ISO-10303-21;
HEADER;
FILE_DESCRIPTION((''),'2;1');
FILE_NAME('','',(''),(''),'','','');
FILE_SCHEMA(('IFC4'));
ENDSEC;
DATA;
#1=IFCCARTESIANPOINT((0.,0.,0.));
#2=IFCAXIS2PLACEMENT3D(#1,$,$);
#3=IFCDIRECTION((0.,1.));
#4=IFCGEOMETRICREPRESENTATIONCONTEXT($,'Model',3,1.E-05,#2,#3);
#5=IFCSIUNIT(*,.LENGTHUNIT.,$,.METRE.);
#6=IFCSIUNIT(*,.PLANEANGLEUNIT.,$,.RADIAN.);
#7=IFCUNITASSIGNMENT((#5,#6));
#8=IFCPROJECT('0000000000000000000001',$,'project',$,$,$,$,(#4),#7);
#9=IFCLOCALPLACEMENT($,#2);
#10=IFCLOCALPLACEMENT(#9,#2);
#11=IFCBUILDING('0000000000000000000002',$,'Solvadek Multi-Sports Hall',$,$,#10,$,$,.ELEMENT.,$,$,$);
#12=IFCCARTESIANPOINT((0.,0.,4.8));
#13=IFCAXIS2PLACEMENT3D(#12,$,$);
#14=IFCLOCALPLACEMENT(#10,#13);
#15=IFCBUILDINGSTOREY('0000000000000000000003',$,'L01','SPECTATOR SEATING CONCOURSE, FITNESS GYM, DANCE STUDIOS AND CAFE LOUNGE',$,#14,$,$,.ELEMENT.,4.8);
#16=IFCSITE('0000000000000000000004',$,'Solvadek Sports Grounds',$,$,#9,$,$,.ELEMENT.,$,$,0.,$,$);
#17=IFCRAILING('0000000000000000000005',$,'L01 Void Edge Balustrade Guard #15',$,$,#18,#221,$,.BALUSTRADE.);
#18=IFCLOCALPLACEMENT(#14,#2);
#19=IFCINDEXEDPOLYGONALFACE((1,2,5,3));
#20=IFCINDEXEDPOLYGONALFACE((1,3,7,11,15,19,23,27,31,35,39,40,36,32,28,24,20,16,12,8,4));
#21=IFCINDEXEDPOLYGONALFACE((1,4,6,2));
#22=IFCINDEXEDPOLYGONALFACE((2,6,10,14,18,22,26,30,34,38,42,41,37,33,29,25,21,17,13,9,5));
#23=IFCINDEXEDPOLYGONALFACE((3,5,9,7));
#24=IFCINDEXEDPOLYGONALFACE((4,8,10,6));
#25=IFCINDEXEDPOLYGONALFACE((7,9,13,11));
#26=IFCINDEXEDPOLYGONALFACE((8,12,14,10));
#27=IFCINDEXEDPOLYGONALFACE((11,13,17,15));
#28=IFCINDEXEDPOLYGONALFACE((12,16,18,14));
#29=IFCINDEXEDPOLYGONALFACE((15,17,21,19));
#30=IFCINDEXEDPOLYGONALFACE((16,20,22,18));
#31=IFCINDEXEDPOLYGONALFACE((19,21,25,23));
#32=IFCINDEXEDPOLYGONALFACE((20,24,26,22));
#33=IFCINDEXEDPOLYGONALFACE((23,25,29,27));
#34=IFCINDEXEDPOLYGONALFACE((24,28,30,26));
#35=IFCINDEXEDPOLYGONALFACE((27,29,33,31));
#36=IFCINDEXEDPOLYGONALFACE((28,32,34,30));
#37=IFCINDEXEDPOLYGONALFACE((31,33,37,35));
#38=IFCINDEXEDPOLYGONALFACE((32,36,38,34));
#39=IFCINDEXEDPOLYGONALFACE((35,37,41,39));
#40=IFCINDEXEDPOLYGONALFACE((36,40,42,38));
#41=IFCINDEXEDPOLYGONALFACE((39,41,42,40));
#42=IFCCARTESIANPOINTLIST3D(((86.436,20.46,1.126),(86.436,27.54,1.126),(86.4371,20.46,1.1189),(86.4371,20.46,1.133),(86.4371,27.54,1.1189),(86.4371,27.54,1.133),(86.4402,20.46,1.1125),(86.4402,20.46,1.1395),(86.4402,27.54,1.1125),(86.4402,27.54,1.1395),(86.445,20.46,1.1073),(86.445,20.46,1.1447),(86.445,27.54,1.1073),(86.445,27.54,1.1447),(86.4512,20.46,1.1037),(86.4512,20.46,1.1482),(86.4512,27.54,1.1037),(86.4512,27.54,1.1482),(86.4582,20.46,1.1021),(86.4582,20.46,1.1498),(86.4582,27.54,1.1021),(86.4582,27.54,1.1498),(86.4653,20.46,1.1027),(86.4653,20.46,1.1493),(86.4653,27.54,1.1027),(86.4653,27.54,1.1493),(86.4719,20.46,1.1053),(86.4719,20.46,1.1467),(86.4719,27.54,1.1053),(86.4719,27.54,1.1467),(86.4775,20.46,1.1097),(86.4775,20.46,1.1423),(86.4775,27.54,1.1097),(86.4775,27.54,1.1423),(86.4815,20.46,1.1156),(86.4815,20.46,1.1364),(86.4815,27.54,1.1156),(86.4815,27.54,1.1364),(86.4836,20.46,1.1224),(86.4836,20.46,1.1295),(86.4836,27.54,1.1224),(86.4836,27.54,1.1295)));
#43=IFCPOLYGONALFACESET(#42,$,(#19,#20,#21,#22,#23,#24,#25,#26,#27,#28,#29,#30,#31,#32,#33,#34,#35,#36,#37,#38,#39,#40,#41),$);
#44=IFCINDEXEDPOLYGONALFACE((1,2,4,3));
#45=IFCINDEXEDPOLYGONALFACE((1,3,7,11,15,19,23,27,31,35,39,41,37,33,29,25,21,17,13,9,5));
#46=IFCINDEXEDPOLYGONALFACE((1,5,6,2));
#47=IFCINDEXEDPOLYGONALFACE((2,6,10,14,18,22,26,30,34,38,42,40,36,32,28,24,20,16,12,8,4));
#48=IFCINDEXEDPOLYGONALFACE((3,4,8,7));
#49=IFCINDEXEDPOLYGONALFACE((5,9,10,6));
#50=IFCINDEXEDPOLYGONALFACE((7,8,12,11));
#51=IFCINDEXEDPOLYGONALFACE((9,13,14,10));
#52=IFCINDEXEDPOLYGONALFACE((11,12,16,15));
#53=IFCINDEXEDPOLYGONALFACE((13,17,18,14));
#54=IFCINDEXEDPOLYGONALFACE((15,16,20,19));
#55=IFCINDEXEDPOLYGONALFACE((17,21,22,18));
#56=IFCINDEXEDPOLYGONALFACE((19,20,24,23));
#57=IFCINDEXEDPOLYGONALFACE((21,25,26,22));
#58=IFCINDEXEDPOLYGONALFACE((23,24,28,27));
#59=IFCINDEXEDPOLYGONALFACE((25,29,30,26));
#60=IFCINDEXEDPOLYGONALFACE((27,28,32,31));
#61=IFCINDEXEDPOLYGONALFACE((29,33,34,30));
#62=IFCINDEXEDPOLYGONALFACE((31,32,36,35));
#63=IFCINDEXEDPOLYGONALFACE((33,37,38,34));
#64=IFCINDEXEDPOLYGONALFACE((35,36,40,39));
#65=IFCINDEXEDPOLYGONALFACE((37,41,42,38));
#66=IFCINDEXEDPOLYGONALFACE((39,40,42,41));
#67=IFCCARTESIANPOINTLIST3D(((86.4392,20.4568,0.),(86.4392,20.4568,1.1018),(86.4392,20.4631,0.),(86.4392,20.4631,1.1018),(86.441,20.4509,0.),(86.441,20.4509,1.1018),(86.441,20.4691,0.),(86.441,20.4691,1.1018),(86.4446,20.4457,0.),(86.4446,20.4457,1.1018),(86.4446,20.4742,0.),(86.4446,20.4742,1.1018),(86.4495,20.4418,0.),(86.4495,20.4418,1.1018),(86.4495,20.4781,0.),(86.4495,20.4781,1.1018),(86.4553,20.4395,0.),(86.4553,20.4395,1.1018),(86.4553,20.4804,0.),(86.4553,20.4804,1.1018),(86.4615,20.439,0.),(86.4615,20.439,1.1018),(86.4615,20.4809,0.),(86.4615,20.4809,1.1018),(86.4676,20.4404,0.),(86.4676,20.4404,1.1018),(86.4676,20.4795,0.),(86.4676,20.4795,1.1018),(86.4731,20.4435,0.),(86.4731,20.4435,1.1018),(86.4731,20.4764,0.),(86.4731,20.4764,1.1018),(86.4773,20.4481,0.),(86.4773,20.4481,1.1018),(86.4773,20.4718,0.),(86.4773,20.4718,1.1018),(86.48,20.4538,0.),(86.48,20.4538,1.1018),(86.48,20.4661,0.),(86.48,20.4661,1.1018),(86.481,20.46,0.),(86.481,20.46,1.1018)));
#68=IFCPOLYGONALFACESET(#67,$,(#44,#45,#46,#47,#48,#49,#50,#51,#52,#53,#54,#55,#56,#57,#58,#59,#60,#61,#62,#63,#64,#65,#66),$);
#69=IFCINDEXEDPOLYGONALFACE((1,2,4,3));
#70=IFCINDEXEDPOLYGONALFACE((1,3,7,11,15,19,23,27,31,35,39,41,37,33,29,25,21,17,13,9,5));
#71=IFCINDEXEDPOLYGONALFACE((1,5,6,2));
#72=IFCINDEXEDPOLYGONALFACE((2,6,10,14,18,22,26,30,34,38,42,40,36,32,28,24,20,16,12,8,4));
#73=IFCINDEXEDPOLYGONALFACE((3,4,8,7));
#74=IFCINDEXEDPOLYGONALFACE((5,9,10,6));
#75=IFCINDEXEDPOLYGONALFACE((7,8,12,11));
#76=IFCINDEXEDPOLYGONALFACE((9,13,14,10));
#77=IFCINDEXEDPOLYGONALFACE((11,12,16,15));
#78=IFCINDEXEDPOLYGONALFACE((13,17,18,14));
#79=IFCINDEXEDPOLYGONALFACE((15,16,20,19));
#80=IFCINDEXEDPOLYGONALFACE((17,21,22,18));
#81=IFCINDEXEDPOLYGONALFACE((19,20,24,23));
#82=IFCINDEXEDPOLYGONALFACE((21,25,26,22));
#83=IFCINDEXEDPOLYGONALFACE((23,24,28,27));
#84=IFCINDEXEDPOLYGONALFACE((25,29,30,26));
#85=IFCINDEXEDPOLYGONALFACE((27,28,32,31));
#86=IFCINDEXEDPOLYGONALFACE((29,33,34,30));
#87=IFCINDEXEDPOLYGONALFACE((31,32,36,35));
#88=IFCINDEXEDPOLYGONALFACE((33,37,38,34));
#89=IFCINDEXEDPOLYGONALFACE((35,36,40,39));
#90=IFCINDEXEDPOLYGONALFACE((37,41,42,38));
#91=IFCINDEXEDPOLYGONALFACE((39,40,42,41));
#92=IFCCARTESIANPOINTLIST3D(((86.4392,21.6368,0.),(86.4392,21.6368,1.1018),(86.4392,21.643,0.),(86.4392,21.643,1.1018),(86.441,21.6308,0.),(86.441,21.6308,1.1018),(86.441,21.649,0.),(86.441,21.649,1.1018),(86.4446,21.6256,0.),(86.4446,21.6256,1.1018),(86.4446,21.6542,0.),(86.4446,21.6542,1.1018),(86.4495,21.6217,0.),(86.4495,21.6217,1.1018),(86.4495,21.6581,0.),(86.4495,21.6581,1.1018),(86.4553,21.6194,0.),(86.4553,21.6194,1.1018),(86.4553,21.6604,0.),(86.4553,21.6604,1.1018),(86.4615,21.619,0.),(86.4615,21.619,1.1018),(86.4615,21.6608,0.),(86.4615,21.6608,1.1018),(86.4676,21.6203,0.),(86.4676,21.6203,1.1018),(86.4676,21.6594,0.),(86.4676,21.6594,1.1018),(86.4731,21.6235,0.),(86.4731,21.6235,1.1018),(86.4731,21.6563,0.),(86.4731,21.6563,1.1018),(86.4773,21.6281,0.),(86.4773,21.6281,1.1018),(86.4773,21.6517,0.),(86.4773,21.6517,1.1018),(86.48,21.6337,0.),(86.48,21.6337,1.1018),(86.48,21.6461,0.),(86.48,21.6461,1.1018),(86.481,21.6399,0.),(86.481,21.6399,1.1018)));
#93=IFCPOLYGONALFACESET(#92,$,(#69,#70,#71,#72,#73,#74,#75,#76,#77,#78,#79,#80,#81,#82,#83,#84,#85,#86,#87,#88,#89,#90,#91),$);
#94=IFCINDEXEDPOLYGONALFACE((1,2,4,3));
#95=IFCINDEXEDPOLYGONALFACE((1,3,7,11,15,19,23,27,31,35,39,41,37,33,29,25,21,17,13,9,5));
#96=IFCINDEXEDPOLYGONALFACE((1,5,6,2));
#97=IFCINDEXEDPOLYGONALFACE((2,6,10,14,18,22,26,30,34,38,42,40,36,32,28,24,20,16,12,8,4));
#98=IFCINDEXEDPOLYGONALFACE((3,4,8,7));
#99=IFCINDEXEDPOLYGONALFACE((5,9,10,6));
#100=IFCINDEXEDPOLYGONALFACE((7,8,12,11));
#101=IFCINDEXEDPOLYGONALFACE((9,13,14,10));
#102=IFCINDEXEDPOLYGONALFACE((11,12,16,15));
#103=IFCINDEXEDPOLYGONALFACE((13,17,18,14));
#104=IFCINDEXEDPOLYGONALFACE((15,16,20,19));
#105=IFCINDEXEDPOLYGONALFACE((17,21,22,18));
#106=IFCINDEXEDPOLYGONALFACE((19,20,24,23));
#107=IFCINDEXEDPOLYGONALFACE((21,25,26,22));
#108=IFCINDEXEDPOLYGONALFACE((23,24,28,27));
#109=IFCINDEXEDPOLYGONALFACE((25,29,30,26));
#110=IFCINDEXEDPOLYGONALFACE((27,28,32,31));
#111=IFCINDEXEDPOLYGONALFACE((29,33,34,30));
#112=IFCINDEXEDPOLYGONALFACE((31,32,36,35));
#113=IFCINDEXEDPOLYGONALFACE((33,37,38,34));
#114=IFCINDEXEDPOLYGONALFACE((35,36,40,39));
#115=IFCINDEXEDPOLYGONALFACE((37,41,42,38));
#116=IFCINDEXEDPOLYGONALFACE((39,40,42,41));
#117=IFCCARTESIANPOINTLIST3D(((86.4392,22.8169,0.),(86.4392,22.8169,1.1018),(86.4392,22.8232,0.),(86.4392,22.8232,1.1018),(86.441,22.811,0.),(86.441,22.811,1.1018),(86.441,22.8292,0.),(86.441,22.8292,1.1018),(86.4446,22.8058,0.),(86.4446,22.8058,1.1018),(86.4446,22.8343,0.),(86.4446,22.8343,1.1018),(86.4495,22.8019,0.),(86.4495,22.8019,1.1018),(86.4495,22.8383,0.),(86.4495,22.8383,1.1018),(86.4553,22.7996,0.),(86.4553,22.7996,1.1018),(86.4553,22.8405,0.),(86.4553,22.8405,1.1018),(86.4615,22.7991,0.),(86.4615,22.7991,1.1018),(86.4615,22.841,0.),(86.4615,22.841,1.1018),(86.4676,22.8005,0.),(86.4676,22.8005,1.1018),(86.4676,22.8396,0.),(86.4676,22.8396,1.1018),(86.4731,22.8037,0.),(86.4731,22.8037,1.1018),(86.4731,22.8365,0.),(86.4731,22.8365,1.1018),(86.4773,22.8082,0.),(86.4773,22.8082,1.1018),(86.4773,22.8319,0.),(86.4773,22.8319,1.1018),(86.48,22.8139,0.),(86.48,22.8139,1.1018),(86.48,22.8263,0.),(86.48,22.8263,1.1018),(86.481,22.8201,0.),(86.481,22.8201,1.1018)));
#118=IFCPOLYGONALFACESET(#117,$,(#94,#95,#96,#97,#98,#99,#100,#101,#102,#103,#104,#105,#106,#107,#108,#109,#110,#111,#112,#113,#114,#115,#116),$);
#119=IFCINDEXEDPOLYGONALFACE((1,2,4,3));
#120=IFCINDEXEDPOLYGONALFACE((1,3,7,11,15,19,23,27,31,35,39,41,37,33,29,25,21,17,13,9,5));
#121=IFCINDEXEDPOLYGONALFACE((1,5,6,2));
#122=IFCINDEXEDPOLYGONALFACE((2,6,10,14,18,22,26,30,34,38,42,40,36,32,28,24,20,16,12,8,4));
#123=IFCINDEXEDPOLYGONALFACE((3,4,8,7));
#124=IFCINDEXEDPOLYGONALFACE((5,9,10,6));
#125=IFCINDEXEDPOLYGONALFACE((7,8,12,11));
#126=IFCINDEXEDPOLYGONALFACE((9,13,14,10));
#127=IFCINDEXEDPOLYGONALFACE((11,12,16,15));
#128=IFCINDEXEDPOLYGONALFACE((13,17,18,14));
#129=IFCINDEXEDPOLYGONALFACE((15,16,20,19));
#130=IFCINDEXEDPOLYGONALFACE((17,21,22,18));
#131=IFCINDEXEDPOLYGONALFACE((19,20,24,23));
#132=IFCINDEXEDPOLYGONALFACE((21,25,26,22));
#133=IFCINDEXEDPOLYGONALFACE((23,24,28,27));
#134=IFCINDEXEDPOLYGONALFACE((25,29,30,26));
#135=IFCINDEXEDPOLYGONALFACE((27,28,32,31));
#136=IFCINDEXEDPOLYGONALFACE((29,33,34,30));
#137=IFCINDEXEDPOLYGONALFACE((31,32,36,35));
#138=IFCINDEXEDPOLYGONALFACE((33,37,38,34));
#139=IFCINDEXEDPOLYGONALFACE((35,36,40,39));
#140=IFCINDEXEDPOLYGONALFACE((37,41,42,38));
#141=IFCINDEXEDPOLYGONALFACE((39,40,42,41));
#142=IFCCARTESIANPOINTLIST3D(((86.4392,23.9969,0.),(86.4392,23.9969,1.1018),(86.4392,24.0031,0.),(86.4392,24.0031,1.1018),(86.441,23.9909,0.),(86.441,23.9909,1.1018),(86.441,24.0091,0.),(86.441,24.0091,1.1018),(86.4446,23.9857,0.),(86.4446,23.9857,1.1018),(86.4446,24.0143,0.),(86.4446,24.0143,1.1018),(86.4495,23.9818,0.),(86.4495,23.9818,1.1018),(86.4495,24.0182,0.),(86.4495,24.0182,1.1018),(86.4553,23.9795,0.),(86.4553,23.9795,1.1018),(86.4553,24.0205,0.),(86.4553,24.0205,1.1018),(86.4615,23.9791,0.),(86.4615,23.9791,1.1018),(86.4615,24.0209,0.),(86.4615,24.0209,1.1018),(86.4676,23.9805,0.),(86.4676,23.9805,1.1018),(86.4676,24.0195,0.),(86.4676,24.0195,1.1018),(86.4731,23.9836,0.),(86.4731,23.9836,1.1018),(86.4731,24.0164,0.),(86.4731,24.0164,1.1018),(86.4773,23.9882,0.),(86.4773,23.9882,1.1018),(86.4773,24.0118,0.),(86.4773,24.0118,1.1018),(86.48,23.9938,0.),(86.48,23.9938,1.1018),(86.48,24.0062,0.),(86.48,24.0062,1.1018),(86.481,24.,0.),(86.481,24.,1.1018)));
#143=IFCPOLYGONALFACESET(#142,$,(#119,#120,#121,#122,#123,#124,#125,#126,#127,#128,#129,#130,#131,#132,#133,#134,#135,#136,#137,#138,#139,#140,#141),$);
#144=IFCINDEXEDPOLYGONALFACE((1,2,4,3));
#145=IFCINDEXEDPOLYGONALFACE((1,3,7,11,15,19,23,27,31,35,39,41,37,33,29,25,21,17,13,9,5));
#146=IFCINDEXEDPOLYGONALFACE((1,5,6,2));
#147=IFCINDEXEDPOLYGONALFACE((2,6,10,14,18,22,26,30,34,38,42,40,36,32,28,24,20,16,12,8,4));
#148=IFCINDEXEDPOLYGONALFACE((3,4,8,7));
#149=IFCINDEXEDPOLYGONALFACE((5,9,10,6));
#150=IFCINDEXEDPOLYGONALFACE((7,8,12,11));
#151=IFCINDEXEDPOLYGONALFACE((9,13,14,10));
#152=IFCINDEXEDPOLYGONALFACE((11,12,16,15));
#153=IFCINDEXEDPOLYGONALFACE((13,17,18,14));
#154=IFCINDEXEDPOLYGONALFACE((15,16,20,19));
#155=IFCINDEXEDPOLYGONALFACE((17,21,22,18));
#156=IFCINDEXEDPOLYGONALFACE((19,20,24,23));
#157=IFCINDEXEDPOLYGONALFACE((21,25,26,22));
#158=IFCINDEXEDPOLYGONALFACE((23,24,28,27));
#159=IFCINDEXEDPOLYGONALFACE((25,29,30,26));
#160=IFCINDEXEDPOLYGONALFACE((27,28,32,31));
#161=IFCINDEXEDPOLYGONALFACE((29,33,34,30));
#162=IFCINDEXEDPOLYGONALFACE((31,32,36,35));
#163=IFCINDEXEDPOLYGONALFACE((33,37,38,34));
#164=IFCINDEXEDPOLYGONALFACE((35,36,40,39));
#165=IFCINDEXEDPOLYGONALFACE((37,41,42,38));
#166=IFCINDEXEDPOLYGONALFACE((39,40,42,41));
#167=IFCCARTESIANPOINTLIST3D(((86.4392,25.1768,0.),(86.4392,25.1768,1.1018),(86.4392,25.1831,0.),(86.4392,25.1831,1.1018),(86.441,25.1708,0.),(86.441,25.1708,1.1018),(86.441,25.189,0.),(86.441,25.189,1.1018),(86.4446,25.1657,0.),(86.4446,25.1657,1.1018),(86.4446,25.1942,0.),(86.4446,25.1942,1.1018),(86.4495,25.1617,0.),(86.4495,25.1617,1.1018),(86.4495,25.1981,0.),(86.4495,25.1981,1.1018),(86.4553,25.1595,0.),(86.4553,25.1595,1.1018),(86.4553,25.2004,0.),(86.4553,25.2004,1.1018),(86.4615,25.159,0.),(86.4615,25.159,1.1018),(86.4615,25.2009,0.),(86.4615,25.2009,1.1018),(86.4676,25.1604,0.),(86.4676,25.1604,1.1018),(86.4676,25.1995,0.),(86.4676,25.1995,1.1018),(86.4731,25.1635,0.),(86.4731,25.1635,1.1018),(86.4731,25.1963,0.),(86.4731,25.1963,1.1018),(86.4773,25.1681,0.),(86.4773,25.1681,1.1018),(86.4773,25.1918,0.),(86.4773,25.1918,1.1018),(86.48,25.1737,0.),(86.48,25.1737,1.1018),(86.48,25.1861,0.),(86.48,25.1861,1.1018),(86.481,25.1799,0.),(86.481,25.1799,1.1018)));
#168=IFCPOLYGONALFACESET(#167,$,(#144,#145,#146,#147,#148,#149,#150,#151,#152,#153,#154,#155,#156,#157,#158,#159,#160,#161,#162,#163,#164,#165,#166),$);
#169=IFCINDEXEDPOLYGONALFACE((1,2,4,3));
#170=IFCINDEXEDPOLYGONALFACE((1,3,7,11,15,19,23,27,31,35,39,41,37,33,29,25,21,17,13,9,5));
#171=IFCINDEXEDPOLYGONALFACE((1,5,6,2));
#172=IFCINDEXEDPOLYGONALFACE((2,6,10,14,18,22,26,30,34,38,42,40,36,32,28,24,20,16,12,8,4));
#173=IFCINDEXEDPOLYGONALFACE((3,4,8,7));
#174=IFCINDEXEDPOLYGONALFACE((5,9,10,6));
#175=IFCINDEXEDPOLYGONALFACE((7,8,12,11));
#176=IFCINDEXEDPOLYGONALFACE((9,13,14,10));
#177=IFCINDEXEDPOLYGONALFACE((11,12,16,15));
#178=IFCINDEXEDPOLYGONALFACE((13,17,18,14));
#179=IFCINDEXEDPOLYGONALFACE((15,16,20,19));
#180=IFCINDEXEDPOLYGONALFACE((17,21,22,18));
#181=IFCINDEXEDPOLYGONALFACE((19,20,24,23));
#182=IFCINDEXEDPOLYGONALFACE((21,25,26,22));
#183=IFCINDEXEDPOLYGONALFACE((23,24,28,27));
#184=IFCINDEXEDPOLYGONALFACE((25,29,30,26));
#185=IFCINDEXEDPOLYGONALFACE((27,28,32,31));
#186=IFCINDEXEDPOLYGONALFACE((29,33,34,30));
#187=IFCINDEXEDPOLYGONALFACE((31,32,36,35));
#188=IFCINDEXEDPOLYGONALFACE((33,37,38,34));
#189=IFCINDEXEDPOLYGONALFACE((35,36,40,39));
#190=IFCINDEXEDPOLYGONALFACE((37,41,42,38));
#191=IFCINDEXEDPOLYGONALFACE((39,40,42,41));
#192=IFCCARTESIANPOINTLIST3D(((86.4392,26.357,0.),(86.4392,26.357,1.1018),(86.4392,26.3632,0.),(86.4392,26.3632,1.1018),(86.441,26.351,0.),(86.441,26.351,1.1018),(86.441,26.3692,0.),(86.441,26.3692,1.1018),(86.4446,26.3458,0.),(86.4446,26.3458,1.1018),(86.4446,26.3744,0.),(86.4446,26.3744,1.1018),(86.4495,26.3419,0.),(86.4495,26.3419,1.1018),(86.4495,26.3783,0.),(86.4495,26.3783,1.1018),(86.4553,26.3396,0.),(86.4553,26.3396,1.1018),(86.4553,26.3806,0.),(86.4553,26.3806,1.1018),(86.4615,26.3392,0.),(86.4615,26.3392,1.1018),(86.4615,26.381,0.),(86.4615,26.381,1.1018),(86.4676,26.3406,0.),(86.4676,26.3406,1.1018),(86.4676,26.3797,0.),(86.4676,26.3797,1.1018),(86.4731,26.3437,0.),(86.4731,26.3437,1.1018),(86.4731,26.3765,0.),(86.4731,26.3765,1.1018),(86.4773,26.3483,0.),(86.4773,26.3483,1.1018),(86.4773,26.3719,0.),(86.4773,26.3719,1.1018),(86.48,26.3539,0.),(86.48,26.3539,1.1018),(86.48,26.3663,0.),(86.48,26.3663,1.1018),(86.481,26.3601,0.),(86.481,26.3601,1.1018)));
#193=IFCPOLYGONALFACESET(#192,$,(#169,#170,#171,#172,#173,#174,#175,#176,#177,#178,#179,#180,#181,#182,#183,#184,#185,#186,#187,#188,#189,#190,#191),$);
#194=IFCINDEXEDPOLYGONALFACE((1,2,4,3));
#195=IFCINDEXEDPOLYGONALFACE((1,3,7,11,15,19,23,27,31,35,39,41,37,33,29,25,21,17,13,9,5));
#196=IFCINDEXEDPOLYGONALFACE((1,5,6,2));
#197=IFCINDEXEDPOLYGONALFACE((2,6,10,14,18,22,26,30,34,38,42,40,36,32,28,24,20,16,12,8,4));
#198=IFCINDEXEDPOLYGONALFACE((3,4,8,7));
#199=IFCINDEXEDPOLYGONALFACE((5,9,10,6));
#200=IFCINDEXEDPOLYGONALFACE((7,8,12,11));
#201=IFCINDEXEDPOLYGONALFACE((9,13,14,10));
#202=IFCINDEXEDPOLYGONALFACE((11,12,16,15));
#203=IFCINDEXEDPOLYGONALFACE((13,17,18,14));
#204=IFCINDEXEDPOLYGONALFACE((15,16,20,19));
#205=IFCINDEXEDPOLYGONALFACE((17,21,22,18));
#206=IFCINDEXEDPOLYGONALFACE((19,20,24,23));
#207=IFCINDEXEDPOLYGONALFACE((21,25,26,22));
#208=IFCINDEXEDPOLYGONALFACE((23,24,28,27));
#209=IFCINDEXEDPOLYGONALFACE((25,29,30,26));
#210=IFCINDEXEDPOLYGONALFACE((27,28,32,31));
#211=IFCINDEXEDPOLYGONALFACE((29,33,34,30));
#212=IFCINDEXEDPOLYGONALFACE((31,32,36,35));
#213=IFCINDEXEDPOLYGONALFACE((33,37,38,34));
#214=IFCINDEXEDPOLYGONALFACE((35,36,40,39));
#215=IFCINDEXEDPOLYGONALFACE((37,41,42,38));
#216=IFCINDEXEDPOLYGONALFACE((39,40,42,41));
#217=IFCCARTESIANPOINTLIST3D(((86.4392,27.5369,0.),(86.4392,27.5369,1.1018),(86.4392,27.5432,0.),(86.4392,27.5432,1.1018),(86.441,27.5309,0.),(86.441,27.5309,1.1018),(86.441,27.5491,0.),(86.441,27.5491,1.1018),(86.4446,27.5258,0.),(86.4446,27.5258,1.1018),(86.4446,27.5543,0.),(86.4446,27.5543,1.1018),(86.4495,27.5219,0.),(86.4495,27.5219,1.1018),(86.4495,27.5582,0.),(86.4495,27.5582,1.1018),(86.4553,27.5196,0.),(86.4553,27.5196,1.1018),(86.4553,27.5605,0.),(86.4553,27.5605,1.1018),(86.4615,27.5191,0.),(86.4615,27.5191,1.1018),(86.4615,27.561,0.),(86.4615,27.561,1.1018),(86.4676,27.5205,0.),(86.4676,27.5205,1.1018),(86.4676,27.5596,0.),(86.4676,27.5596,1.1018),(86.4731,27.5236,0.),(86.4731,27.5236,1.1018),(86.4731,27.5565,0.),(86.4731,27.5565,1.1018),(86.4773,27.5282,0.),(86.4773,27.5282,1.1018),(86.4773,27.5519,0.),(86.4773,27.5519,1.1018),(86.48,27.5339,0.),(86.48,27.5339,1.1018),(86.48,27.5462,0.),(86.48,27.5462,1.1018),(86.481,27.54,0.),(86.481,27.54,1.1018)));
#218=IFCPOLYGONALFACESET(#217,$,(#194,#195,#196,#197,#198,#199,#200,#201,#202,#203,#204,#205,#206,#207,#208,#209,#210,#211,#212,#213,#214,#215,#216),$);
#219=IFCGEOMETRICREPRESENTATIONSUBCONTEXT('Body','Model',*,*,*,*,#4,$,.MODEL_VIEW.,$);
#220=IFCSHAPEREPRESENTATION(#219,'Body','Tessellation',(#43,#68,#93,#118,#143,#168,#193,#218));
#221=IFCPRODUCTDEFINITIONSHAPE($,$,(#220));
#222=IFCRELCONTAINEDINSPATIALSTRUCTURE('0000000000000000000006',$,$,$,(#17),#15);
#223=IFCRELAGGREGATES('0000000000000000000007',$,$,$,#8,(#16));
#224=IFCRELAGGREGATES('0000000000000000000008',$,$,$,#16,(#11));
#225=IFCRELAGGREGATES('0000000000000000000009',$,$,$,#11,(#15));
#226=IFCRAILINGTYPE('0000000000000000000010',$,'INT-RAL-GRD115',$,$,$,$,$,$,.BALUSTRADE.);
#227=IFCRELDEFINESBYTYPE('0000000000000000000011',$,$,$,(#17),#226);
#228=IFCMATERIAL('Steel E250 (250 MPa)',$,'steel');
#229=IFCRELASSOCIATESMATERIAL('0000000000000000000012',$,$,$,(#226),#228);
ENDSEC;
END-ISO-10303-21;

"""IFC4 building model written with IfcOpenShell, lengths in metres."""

from ifc_helpers import new_model, si_unit, direction, frame, origin, origin_2d, place, context, subcontext, project, spatial, circle, extrude, material, type_object, element, save


model = new_model("IFC4")

# Units and contexts
model_context = context("Model", 3, precision=1e-05, world=origin(), true_north=direction((0.0, 1.0)))
body_context = subcontext(model_context, "Body", "Model", "MODEL_VIEW")
ifc_project = project(units=[si_unit("LENGTHUNIT", "METRE"), si_unit("PLANEANGLEUNIT", "RADIAN")], contexts=[model_context])

# Site, building, storey
site_placement = place(None, origin())
site = spatial("IfcSite", under=ifc_project, at=site_placement, Name="Solvadek Sports Grounds", CompositionType="ELEMENT", RefElevation=0.0)
building_placement = place(site_placement, origin())
building = spatial("IfcBuilding", under=site, at=building_placement, Name="Solvadek Multi-Sports Hall", CompositionType="ELEMENT")
storey_placement = place(building_placement, frame((0.0, 0.0, 4.8)))
storey = spatial("IfcBuildingStorey", under=building, at=storey_placement, Name="L01", Description="SPECTATOR SEATING CONCOURSE, FITNESS GYM, DANCE STUDIOS AND CAFE LOUNGE", CompositionType="ELEMENT", Elevation=4.8)

# Railing
ifc_material_1 = material(Name="Steel E250 (250 MPa)", Category="steel")
railing_type = type_object("IfcRailingType", Name="INT-RAL-GRD115", PredefinedType="BALUSTRADE", material=ifc_material_1)
railing_1_placement = place(storey_placement, frame((86.46, 20.46, 0.0)))
element("IfcRailing", 1, at=railing_1_placement, inside=storey, type_object=railing_type, Name="L01 Void Edge Balustrade Guard #15", PredefinedType="BALUSTRADE", context=body_context, shape_type="SweptSolid", body=[
    extrude(circle(Radius=0.0239, at=origin_2d()), frame((0.0, 0.0, 1.126), z_axis=(0.0, 1.0, 0.0), x_axis=(-1.0, 0.0, 0.0)), (0.0, 0.0, 1.0), 7.0801),
    extrude(circle(Radius=0.021, at=origin_2d()), origin(), (0.0, 0.0, 1.0), 1.1018),
    extrude(circle(Radius=0.021, at=origin_2d()), frame((0.0, 1.1799, 0.0)), (0.0, 0.0, 1.0), 1.1018),
    extrude(circle(Radius=0.021, at=origin_2d()), frame((0.0, 2.3601, 0.0)), (0.0, 0.0, 1.0), 1.1018),
    extrude(circle(Radius=0.021, at=origin_2d()), frame((0.0, 3.54, 0.0)), (0.0, 0.0, 1.0), 1.1018),
    extrude(circle(Radius=0.021, at=origin_2d()), frame((0.0, 4.72, 0.0)), (0.0, 0.0, 1.0), 1.1018),
    extrude(circle(Radius=0.021, at=origin_2d()), frame((0.0, 5.9001, 0.0)), (0.0, 0.0, 1.0), 1.1018),
    extrude(circle(Radius=0.021, at=origin_2d()), frame((0.0, 7.0801, 0.0)), (0.0, 0.0, 1.0), 1.1018),
])

save(model, "model.ifc")
